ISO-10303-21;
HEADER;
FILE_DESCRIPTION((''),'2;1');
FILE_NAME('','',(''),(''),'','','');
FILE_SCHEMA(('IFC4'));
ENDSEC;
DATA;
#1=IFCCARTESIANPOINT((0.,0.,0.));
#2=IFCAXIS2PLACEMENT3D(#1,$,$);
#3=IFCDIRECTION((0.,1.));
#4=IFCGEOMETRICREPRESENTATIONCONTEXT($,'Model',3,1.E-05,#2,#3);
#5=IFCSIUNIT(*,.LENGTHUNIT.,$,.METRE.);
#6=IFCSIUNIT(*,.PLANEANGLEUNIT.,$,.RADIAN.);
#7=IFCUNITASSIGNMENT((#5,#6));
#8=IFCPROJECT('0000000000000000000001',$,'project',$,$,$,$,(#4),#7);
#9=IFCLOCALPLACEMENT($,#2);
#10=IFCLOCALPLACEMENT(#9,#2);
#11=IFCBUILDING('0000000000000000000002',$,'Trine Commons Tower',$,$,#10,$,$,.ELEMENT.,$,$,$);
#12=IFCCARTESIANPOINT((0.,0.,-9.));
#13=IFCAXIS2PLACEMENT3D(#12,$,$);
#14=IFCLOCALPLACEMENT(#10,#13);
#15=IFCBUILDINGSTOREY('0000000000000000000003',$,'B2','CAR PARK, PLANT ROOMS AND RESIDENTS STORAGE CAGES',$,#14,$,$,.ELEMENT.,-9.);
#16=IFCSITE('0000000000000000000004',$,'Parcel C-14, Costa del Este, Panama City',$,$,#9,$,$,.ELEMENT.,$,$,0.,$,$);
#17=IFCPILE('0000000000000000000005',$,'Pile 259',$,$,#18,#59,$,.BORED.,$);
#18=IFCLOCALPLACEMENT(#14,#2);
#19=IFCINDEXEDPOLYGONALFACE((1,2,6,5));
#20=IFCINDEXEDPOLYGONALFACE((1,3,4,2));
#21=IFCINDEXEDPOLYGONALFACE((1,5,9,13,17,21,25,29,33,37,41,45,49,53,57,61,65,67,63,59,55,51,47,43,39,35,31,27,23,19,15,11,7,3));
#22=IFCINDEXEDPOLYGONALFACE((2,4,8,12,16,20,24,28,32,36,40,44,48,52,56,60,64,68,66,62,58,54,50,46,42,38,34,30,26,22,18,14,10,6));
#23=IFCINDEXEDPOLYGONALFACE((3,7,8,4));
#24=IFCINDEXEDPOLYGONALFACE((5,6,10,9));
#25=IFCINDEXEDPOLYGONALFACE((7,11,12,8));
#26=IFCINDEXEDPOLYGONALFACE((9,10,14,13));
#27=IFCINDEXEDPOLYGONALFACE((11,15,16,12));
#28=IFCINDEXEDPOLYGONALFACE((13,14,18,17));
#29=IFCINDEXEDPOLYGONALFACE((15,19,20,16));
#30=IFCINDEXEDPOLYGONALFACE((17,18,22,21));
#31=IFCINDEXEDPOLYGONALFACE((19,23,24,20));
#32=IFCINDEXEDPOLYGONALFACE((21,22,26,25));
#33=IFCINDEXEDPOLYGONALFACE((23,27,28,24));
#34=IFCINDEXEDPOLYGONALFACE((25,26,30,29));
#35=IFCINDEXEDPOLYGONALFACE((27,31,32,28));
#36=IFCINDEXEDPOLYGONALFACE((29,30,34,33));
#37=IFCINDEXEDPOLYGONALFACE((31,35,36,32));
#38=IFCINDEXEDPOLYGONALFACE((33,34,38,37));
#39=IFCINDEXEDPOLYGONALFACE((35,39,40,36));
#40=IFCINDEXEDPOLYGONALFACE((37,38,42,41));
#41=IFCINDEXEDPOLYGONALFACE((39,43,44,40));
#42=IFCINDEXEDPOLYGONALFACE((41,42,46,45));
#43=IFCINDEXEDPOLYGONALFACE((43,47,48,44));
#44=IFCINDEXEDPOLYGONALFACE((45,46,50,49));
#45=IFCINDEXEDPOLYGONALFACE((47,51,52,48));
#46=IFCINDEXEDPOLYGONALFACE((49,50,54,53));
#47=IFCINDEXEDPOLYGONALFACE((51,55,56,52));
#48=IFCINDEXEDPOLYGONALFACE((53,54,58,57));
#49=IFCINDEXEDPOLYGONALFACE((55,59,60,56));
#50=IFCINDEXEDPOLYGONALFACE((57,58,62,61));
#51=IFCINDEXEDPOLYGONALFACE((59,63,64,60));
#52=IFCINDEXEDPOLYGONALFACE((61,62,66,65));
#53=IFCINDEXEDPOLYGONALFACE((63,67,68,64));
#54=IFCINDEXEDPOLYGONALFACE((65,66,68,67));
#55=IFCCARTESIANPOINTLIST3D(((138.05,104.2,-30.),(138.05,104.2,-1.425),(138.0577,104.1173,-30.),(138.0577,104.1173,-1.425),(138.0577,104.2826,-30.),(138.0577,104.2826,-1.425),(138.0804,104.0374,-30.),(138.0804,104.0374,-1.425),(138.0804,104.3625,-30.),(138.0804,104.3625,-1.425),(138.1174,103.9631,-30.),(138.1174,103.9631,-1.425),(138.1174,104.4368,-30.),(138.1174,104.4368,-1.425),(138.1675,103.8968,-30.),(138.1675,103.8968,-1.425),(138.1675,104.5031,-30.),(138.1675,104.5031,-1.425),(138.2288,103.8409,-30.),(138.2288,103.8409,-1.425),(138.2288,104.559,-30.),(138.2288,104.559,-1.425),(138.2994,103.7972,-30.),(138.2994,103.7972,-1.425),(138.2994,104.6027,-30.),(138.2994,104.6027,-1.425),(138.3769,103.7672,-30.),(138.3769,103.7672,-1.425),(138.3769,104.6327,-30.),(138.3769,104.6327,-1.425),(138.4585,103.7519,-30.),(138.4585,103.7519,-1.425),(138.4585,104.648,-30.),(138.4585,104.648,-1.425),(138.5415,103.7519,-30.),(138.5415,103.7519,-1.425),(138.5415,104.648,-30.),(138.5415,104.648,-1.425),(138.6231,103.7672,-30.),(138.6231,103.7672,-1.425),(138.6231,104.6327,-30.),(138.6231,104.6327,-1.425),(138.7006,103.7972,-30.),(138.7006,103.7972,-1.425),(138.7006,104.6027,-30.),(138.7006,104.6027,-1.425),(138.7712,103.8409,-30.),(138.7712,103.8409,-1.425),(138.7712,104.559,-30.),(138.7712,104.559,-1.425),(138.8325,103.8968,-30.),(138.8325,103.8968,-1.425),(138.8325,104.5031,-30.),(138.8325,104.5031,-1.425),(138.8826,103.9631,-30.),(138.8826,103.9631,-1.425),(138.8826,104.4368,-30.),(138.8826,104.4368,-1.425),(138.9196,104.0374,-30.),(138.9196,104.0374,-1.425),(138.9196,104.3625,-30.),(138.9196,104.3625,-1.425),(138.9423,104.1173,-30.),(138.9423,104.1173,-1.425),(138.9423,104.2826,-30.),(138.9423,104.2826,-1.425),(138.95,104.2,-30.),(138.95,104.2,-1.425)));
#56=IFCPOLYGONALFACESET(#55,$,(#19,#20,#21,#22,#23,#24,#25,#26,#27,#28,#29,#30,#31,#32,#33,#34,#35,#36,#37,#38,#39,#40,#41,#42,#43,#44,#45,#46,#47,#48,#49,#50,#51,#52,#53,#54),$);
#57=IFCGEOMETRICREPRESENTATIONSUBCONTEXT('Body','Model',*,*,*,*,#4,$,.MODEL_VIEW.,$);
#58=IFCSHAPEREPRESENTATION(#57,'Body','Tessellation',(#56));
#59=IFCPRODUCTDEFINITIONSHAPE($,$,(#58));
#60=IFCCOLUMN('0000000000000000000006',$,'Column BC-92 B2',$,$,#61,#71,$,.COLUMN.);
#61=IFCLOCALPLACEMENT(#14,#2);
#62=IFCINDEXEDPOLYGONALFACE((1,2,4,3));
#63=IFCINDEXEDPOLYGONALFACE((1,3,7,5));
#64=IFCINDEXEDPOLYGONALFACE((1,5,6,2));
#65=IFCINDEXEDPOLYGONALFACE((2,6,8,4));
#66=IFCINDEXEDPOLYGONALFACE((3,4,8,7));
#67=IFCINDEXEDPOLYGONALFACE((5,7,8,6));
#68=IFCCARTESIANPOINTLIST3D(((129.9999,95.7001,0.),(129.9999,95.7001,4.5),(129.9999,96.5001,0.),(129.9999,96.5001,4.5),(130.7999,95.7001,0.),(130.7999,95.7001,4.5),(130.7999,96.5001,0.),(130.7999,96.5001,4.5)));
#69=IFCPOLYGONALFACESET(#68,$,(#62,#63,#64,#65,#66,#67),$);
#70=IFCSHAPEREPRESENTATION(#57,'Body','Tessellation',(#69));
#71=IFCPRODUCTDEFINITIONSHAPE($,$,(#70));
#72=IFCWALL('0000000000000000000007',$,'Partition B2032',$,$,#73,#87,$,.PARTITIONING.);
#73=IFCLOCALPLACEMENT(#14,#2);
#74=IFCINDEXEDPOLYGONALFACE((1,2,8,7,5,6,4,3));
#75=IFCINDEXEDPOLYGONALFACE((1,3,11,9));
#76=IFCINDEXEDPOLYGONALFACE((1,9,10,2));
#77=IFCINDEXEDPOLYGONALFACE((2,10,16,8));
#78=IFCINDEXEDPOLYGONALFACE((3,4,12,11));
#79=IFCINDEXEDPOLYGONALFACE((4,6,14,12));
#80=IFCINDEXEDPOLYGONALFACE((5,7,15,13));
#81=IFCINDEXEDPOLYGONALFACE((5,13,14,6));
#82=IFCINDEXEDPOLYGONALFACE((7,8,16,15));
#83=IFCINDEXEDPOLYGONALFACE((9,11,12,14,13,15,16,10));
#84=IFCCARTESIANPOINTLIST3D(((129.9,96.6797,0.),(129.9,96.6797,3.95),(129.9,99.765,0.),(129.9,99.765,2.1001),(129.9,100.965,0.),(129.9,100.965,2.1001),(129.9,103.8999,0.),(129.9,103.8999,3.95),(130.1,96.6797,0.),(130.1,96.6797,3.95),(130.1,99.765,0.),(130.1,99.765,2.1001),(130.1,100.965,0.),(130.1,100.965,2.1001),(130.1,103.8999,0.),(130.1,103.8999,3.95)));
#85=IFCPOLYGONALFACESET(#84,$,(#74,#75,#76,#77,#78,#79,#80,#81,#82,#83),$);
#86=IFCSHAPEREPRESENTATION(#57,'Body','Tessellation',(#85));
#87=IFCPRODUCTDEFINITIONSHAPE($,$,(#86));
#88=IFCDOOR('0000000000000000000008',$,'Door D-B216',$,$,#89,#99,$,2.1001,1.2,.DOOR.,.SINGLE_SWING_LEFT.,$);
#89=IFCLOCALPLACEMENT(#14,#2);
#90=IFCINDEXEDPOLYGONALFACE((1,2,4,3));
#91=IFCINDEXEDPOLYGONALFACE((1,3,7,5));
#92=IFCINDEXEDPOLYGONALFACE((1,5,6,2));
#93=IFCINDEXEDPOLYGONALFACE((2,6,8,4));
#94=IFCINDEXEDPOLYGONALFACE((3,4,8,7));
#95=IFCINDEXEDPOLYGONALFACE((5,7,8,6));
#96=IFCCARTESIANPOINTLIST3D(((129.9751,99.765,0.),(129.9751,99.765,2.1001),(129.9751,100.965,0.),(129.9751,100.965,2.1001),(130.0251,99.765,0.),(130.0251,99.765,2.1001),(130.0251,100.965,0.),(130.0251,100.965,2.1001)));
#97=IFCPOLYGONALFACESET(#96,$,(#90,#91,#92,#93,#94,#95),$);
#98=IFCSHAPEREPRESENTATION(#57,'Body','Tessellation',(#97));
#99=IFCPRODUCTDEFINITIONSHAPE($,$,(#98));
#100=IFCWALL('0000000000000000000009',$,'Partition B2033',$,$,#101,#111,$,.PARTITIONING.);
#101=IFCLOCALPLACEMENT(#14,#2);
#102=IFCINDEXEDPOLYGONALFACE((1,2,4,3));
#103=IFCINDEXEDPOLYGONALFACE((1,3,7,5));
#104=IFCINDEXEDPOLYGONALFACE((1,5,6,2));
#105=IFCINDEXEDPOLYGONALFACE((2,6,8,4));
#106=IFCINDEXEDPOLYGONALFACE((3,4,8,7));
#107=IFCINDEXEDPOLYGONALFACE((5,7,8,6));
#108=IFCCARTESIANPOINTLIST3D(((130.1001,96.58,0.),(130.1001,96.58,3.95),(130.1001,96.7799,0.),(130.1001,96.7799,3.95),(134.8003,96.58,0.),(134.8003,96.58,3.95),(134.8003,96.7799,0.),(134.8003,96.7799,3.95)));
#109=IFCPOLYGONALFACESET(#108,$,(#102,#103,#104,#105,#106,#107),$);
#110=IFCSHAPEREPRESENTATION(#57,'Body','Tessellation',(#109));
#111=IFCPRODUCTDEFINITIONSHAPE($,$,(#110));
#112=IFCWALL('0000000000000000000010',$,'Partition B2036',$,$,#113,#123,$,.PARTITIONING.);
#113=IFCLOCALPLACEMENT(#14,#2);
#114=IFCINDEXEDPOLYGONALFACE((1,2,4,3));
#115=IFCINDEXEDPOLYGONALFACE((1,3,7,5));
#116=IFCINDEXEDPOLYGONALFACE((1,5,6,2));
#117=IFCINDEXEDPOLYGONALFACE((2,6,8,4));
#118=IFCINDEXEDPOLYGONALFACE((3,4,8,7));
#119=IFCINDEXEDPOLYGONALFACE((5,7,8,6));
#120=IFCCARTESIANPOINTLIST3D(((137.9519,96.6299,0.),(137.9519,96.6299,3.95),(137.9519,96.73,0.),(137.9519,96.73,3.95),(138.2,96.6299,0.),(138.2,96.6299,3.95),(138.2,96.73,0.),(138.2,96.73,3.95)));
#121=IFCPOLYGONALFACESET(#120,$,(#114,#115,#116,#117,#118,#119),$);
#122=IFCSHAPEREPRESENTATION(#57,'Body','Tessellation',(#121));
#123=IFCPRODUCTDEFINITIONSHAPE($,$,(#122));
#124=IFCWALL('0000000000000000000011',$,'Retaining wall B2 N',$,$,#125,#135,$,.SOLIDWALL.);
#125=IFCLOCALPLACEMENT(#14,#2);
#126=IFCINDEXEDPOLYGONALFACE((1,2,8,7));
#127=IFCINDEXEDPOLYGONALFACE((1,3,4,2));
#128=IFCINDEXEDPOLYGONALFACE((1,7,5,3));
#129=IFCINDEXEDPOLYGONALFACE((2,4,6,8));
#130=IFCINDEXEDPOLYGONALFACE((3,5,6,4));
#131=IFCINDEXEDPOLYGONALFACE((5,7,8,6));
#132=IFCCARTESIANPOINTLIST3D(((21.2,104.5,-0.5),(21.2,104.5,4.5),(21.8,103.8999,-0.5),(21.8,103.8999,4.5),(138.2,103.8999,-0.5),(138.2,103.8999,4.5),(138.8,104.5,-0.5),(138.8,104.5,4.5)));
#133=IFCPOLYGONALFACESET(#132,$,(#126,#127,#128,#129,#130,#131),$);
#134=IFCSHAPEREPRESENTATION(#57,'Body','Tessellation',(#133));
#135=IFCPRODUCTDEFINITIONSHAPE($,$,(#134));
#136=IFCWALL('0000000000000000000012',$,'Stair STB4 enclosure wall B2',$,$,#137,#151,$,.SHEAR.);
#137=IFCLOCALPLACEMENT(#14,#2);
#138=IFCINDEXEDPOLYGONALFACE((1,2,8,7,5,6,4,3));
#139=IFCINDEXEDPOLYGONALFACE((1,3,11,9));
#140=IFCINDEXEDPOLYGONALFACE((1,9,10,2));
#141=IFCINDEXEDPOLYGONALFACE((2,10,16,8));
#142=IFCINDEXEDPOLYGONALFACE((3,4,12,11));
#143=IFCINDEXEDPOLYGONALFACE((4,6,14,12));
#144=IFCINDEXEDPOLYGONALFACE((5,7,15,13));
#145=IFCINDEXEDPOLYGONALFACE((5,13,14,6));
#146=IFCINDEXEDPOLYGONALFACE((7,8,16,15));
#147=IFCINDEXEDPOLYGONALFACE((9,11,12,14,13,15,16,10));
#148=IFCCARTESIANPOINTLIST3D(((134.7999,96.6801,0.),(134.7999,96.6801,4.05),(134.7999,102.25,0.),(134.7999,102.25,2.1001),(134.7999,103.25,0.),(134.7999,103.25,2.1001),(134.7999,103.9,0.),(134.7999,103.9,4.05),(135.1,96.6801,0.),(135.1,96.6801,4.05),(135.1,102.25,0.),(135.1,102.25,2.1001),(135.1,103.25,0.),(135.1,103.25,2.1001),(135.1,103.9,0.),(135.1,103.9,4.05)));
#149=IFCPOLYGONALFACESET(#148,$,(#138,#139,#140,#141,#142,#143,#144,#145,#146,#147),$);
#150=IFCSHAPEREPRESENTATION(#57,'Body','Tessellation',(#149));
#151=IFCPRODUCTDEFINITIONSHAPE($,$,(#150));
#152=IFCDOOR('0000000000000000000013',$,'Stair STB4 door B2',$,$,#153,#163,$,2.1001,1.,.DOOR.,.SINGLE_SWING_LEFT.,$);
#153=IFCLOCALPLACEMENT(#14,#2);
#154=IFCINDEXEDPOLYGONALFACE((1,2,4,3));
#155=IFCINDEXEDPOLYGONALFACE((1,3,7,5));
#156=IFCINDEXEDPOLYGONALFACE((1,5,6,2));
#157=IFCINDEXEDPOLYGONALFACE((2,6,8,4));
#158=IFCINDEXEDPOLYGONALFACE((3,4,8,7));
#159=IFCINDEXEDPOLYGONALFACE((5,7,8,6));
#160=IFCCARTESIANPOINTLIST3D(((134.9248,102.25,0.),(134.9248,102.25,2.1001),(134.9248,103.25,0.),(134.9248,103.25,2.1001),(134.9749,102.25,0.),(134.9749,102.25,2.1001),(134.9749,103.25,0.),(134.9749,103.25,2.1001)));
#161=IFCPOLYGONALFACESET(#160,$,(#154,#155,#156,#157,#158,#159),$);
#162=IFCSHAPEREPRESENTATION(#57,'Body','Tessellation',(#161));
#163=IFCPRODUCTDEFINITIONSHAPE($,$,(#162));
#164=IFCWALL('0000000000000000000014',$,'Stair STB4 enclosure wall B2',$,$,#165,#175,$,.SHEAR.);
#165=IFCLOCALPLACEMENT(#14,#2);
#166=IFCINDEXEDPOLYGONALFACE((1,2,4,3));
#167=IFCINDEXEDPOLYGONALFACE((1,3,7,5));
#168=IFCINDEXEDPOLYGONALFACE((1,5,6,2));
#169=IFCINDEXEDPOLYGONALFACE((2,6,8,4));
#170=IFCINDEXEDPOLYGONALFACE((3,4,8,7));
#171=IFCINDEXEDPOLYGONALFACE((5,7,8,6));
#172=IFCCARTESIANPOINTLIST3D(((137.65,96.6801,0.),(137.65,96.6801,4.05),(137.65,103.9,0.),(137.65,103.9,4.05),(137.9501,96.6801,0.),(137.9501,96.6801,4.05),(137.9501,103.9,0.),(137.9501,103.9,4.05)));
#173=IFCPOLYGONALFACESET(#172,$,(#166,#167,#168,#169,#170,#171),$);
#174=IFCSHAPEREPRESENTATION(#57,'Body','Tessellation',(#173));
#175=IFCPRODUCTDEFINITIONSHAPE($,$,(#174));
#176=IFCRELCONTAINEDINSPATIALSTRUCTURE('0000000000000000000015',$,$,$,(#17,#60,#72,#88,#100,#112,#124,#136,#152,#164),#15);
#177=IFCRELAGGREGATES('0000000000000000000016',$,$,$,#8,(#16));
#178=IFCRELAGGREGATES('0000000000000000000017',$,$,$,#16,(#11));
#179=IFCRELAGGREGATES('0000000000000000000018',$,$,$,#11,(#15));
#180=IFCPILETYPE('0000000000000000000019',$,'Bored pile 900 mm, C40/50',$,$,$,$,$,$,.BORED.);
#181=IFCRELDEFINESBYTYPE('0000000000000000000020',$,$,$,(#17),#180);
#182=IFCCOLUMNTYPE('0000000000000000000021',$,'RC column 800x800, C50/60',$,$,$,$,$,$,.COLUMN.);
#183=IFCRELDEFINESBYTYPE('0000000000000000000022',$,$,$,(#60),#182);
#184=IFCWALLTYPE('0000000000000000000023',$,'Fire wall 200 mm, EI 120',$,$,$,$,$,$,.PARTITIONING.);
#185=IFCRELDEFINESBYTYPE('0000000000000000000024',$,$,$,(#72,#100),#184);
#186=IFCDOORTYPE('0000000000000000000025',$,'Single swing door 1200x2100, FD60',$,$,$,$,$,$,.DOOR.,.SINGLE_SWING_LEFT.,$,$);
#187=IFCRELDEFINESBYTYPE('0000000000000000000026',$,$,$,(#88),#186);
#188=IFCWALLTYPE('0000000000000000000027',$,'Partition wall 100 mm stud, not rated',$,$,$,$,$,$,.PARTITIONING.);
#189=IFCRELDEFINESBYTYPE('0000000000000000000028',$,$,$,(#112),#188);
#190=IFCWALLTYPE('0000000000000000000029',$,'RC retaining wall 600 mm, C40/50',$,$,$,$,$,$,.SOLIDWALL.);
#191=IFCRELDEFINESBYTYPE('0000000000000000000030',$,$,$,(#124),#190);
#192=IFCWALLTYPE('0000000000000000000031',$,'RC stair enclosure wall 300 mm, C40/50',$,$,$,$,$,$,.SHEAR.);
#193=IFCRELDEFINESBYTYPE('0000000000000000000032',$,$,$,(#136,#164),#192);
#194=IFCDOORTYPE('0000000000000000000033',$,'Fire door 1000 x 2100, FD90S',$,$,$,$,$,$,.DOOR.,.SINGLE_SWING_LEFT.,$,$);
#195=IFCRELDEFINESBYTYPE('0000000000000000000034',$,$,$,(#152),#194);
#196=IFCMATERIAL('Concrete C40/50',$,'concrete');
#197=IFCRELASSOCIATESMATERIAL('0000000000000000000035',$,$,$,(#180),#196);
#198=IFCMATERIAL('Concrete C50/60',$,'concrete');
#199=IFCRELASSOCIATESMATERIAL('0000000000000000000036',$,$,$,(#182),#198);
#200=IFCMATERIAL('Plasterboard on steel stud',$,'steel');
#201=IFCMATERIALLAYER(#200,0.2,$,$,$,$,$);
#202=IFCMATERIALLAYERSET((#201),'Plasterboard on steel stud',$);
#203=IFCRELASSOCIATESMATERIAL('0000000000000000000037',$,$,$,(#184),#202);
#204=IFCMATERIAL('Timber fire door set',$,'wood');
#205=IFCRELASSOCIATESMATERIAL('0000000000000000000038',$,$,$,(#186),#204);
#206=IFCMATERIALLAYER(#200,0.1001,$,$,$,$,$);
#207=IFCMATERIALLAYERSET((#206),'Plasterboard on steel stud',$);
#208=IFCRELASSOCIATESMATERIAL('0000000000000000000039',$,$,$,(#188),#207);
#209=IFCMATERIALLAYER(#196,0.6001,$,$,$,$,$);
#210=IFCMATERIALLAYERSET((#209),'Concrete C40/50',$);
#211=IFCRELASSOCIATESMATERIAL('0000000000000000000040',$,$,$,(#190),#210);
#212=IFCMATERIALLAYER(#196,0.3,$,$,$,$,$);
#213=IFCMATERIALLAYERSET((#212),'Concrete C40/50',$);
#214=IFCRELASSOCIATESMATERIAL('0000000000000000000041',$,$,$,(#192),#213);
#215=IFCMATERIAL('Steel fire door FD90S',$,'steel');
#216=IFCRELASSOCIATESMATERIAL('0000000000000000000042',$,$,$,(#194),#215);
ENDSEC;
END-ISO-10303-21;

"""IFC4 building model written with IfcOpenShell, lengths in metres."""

from ifc_helpers import new_model, si_unit, direction, frame, frame_2d, origin, origin_2d, place, context, subcontext, project, spatial, polyline, rectangle, circle, outline, extrude, material, layer, layer_set, material_profile, profile_set, type_object, element, fill, save


model = new_model("IFC4")

# Units and contexts
model_context = context("Model", 3, precision=1e-05, world=origin(), true_north=direction((0.0, 1.0)))
body_context = subcontext(model_context, "Body", "Model", "MODEL_VIEW")
ifc_project = project(units=[si_unit("LENGTHUNIT", "METRE"), si_unit("PLANEANGLEUNIT", "RADIAN")], contexts=[model_context])

# Site, building, storey
site_placement = place(None, origin())
site = spatial("IfcSite", under=ifc_project, at=site_placement, Name="Parcel C-14, Costa del Este, Panama City", CompositionType="ELEMENT", RefElevation=0.0)
building_placement = place(site_placement, origin())
building = spatial("IfcBuilding", under=site, at=building_placement, Name="Trine Commons Tower", CompositionType="ELEMENT")
storey_placement = place(building_placement, frame((0.0, 0.0, -9.0)))
storey = spatial("IfcBuildingStorey", under=building, at=storey_placement, Name="B2", Description="CAR PARK, PLANT ROOMS AND RESIDENTS STORAGE CAGES", CompositionType="ELEMENT", Elevation=-9.0)

# Pile
ifc_material_1 = material(Name="Concrete C40/50", Category="concrete")
pile_type = type_object("IfcPileType", Name="Bored pile 900 mm, C40/50", PredefinedType="BORED", material=ifc_material_1)
for number, where, z_axis, x_axis, name in (
    (1, (138.5, 104.2, -1.425), (0.0, 0.0, -1.0), (1.0, 0.0, 0.0), "Pile 259"),
):
    element("IfcPile", number, at=place(storey_placement, frame(where, z_axis=z_axis, x_axis=x_axis)), inside=storey, type_object=pile_type, Name=name, PredefinedType="BORED", context=body_context, shape_type="SweptSolid", body=[
        extrude(circle(Radius=0.45, at=origin_2d()), origin(), (0.0, 0.0, 1.0), 28.575),
    ])

# Column
ifc_material_2 = material(Name="Concrete C50/60", Category="concrete")
ifc_material_profile = material_profile(ifc_material_2, rectangle(XDim=0.8, YDim=0.8, at=origin_2d()), Name="RC 800x800")
ifc_profile_set = profile_set([ifc_material_profile], Name="Concrete C50/60")
column_type = type_object("IfcColumnType", Name="RC column 800x800, C50/60", PredefinedType="COLUMN", material=ifc_profile_set)
column_placement = place(storey_placement, frame((130.3999, 96.1001, 0.0), z_axis=(0.0, 0.0, 1.0), x_axis=(1.0, 0.0, 0.0)))
element("IfcColumn", 2, at=column_placement, inside=storey, type_object=column_type, Name="Column BC-92 B2", PredefinedType="COLUMN", context=body_context, shape_type="SweptSolid", body=[
    extrude(rectangle(XDim=0.8, YDim=0.8, at=origin_2d()), origin(), (0.0, 0.0, 1.0), 4.5),
])

# Wall, opening, door
ifc_material_3 = material(Name="Plasterboard on steel stud", Category="steel")
ifc_layer_1 = layer(ifc_material_3, 0.2)
ifc_layer_set_1 = layer_set([ifc_layer_1], Name="Plasterboard on steel stud")
wall_type_1 = type_object("IfcWallType", Name="Fire wall 200 mm, EI 120", PredefinedType="PARTITIONING", material=ifc_layer_set_1)
wall_1_placement = place(storey_placement, frame((130.0, 96.6797, 0.0), z_axis=(0.0, 0.0, 1.0), x_axis=(0.0, 1.0, 0.0)))
wall_1 = element("IfcWall", 3, at=wall_1_placement, inside=storey, type_object=wall_type_1, Name="Partition B2032", PredefinedType="PARTITIONING", context=body_context, shape_type="SweptSolid", body=[
    extrude(rectangle(XDim=7.2202, YDim=0.2, at=frame_2d((3.6101, 0.0))), origin(), (0.0, 0.0, 1.0), 3.95),
])
opening_1_placement = place(wall_1_placement, frame((3.0852, 0.0, 0.0)))
opening_1 = element("IfcOpeningElement", 4, at=opening_1_placement, cuts=wall_1, PredefinedType="OPENING", context=body_context, shape_type="SweptSolid", body=[
    extrude(rectangle(XDim=1.2, YDim=2.1001, at=frame_2d((0.6001, 1.05))), frame((0.0, 0.1099, 0.0), z_axis=(0.0, -1.0, 0.0), x_axis=(1.0, 0.0, 0.0)), (0.0, 0.0, 1.0), 0.22),
])
ifc_material_4 = material(Name="Timber fire door set", Category="wood")
door_type_1 = type_object("IfcDoorType", Name="Single swing door 1200x2100, FD60", OperationType="SINGLE_SWING_LEFT", PredefinedType="DOOR", material=ifc_material_4)
door_1_placement = place(opening_1_placement, origin())
door_1 = element("IfcDoor", 5, at=door_1_placement, inside=storey, type_object=door_type_1, Name="Door D-B216", OperationType="SINGLE_SWING_LEFT", OverallHeight=2.1001, OverallWidth=1.2, PredefinedType="DOOR", context=body_context, shape_type="SweptSolid", body=[
    extrude(rectangle(XDim=1.2, YDim=2.1001, at=frame_2d((0.6001, 1.05))), frame((0.0, 0.0249, 0.0), z_axis=(0.0, -1.0, 0.0), x_axis=(1.0, 0.0, 0.0)), (0.0, 0.0, 1.0), 0.05),
])
fill(opening_1, door_1)

# Walls
wall_2_placement = place(storey_placement, frame((130.1001, 96.6799, 0.0), z_axis=(0.0, 0.0, 1.0), x_axis=(1.0, 0.0, 0.0)))
element("IfcWall", 6, at=wall_2_placement, inside=storey, type_object=wall_type_1, Name="Partition B2033", PredefinedType="PARTITIONING", context=body_context, shape_type="SweptSolid", body=[
    extrude(rectangle(XDim=4.7002, YDim=0.2, at=frame_2d((2.3501, 0.0))), origin(), (0.0, 0.0, 1.0), 3.95),
])
ifc_layer_2 = layer(ifc_material_3, 0.1001)
ifc_layer_set_2 = layer_set([ifc_layer_2], Name="Plasterboard on steel stud")
wall_type_2 = type_object("IfcWallType", Name="Partition wall 100 mm stud, not rated", PredefinedType="PARTITIONING", material=ifc_layer_set_2)
wall_3_placement = place(storey_placement, frame((137.9519, 96.6799, 0.0), z_axis=(0.0, 0.0, 1.0), x_axis=(1.0, 0.0, 0.0)))
element("IfcWall", 7, at=wall_3_placement, inside=storey, type_object=wall_type_2, Name="Partition B2036", PredefinedType="PARTITIONING", context=body_context, shape_type="SweptSolid", body=[
    extrude(rectangle(XDim=0.248, YDim=0.1001, at=frame_2d((0.124, 0.0))), origin(), (0.0, 0.0, 1.0), 3.95),
])
ifc_layer_3 = layer(ifc_material_1, 0.6001)
ifc_layer_set_3 = layer_set([ifc_layer_3], Name="Concrete C40/50")
wall_type_3 = type_object("IfcWallType", Name="RC retaining wall 600 mm, C40/50", PredefinedType="SOLIDWALL", material=ifc_layer_set_3)
wall_4_placement = place(storey_placement, frame((138.5, 104.2, -0.5), z_axis=(0.0, 0.0, 1.0), x_axis=(-1.0, 0.0, 0.0)))
element("IfcWall", 8, at=wall_4_placement, inside=storey, type_object=wall_type_3, Name="Retaining wall B2 N", PredefinedType="SOLIDWALL", context=body_context, shape_type="SweptSolid", body=[
    extrude(outline(polyline([(-0.3, -0.3), (117.3, -0.3), (116.7, 0.3), (0.3, 0.3), (-0.3, -0.3)])), origin(), (0.0, 0.0, 1.0), 5.0),
])

# Wall, opening, door
ifc_layer_4 = layer(ifc_material_1, 0.3)
ifc_layer_set_4 = layer_set([ifc_layer_4], Name="Concrete C40/50")
wall_type_4 = type_object("IfcWallType", Name="RC stair enclosure wall 300 mm, C40/50", PredefinedType="SHEAR", material=ifc_layer_set_4)
wall_5_placement = place(storey_placement, frame((134.95, 103.8999, 0.0), z_axis=(0.0, 0.0, 1.0), x_axis=(0.0, -1.0, 0.0)))
wall_5 = element("IfcWall", 9, at=wall_5_placement, inside=storey, type_object=wall_type_4, Name="Stair STB4 enclosure wall B2", PredefinedType="SHEAR", context=body_context, shape_type="SweptSolid", body=[
    extrude(rectangle(XDim=7.22, YDim=0.3, at=frame_2d((3.6099, 0.0))), origin(), (0.0, 0.0, 1.0), 4.05),
])
opening_2_placement = place(wall_5_placement, frame((0.6499, 0.0, 0.0)))
opening_2 = element("IfcOpeningElement", 10, at=opening_2_placement, cuts=wall_5, PredefinedType="OPENING", context=body_context, shape_type="SweptSolid", body=[
    extrude(rectangle(XDim=1.0, YDim=2.1001, at=frame_2d((0.5, 1.05))), frame((0.0, 0.1599, 0.0), z_axis=(0.0, -1.0, 0.0), x_axis=(1.0, 0.0, 0.0)), (0.0, 0.0, 1.0), 0.3201),
])
ifc_material_5 = material(Name="Steel fire door FD90S", Category="steel")
door_type_2 = type_object("IfcDoorType", Name="Fire door 1000 x 2100, FD90S", OperationType="SINGLE_SWING_LEFT", PredefinedType="DOOR", material=ifc_material_5)
door_2_placement = place(opening_2_placement, origin())
door_2 = element("IfcDoor", 11, at=door_2_placement, inside=storey, type_object=door_type_2, Name="Stair STB4 door B2", OperationType="SINGLE_SWING_LEFT", OverallHeight=2.1001, OverallWidth=1.0, PredefinedType="DOOR", context=body_context, shape_type="SweptSolid", body=[
    extrude(rectangle(XDim=1.0, YDim=2.1001, at=frame_2d((0.5, 1.05))), frame((0.0, 0.0249, 0.0), z_axis=(0.0, -1.0, 0.0), x_axis=(1.0, 0.0, 0.0)), (0.0, 0.0, 1.0), 0.05),
])
fill(opening_2, door_2)

# Wall
wall_6_placement = place(storey_placement, frame((137.8, 103.8999, 0.0), z_axis=(0.0, 0.0, 1.0), x_axis=(0.0, -1.0, 0.0)))
element("IfcWall", 12, at=wall_6_placement, inside=storey, type_object=wall_type_4, Name="Stair STB4 enclosure wall B2", PredefinedType="SHEAR", context=body_context, shape_type="SweptSolid", body=[
    extrude(rectangle(XDim=7.22, YDim=0.3, at=frame_2d((3.6099, 0.0))), origin(), (0.0, 0.0, 1.0), 4.05),
])

save(model, "model.ifc")
